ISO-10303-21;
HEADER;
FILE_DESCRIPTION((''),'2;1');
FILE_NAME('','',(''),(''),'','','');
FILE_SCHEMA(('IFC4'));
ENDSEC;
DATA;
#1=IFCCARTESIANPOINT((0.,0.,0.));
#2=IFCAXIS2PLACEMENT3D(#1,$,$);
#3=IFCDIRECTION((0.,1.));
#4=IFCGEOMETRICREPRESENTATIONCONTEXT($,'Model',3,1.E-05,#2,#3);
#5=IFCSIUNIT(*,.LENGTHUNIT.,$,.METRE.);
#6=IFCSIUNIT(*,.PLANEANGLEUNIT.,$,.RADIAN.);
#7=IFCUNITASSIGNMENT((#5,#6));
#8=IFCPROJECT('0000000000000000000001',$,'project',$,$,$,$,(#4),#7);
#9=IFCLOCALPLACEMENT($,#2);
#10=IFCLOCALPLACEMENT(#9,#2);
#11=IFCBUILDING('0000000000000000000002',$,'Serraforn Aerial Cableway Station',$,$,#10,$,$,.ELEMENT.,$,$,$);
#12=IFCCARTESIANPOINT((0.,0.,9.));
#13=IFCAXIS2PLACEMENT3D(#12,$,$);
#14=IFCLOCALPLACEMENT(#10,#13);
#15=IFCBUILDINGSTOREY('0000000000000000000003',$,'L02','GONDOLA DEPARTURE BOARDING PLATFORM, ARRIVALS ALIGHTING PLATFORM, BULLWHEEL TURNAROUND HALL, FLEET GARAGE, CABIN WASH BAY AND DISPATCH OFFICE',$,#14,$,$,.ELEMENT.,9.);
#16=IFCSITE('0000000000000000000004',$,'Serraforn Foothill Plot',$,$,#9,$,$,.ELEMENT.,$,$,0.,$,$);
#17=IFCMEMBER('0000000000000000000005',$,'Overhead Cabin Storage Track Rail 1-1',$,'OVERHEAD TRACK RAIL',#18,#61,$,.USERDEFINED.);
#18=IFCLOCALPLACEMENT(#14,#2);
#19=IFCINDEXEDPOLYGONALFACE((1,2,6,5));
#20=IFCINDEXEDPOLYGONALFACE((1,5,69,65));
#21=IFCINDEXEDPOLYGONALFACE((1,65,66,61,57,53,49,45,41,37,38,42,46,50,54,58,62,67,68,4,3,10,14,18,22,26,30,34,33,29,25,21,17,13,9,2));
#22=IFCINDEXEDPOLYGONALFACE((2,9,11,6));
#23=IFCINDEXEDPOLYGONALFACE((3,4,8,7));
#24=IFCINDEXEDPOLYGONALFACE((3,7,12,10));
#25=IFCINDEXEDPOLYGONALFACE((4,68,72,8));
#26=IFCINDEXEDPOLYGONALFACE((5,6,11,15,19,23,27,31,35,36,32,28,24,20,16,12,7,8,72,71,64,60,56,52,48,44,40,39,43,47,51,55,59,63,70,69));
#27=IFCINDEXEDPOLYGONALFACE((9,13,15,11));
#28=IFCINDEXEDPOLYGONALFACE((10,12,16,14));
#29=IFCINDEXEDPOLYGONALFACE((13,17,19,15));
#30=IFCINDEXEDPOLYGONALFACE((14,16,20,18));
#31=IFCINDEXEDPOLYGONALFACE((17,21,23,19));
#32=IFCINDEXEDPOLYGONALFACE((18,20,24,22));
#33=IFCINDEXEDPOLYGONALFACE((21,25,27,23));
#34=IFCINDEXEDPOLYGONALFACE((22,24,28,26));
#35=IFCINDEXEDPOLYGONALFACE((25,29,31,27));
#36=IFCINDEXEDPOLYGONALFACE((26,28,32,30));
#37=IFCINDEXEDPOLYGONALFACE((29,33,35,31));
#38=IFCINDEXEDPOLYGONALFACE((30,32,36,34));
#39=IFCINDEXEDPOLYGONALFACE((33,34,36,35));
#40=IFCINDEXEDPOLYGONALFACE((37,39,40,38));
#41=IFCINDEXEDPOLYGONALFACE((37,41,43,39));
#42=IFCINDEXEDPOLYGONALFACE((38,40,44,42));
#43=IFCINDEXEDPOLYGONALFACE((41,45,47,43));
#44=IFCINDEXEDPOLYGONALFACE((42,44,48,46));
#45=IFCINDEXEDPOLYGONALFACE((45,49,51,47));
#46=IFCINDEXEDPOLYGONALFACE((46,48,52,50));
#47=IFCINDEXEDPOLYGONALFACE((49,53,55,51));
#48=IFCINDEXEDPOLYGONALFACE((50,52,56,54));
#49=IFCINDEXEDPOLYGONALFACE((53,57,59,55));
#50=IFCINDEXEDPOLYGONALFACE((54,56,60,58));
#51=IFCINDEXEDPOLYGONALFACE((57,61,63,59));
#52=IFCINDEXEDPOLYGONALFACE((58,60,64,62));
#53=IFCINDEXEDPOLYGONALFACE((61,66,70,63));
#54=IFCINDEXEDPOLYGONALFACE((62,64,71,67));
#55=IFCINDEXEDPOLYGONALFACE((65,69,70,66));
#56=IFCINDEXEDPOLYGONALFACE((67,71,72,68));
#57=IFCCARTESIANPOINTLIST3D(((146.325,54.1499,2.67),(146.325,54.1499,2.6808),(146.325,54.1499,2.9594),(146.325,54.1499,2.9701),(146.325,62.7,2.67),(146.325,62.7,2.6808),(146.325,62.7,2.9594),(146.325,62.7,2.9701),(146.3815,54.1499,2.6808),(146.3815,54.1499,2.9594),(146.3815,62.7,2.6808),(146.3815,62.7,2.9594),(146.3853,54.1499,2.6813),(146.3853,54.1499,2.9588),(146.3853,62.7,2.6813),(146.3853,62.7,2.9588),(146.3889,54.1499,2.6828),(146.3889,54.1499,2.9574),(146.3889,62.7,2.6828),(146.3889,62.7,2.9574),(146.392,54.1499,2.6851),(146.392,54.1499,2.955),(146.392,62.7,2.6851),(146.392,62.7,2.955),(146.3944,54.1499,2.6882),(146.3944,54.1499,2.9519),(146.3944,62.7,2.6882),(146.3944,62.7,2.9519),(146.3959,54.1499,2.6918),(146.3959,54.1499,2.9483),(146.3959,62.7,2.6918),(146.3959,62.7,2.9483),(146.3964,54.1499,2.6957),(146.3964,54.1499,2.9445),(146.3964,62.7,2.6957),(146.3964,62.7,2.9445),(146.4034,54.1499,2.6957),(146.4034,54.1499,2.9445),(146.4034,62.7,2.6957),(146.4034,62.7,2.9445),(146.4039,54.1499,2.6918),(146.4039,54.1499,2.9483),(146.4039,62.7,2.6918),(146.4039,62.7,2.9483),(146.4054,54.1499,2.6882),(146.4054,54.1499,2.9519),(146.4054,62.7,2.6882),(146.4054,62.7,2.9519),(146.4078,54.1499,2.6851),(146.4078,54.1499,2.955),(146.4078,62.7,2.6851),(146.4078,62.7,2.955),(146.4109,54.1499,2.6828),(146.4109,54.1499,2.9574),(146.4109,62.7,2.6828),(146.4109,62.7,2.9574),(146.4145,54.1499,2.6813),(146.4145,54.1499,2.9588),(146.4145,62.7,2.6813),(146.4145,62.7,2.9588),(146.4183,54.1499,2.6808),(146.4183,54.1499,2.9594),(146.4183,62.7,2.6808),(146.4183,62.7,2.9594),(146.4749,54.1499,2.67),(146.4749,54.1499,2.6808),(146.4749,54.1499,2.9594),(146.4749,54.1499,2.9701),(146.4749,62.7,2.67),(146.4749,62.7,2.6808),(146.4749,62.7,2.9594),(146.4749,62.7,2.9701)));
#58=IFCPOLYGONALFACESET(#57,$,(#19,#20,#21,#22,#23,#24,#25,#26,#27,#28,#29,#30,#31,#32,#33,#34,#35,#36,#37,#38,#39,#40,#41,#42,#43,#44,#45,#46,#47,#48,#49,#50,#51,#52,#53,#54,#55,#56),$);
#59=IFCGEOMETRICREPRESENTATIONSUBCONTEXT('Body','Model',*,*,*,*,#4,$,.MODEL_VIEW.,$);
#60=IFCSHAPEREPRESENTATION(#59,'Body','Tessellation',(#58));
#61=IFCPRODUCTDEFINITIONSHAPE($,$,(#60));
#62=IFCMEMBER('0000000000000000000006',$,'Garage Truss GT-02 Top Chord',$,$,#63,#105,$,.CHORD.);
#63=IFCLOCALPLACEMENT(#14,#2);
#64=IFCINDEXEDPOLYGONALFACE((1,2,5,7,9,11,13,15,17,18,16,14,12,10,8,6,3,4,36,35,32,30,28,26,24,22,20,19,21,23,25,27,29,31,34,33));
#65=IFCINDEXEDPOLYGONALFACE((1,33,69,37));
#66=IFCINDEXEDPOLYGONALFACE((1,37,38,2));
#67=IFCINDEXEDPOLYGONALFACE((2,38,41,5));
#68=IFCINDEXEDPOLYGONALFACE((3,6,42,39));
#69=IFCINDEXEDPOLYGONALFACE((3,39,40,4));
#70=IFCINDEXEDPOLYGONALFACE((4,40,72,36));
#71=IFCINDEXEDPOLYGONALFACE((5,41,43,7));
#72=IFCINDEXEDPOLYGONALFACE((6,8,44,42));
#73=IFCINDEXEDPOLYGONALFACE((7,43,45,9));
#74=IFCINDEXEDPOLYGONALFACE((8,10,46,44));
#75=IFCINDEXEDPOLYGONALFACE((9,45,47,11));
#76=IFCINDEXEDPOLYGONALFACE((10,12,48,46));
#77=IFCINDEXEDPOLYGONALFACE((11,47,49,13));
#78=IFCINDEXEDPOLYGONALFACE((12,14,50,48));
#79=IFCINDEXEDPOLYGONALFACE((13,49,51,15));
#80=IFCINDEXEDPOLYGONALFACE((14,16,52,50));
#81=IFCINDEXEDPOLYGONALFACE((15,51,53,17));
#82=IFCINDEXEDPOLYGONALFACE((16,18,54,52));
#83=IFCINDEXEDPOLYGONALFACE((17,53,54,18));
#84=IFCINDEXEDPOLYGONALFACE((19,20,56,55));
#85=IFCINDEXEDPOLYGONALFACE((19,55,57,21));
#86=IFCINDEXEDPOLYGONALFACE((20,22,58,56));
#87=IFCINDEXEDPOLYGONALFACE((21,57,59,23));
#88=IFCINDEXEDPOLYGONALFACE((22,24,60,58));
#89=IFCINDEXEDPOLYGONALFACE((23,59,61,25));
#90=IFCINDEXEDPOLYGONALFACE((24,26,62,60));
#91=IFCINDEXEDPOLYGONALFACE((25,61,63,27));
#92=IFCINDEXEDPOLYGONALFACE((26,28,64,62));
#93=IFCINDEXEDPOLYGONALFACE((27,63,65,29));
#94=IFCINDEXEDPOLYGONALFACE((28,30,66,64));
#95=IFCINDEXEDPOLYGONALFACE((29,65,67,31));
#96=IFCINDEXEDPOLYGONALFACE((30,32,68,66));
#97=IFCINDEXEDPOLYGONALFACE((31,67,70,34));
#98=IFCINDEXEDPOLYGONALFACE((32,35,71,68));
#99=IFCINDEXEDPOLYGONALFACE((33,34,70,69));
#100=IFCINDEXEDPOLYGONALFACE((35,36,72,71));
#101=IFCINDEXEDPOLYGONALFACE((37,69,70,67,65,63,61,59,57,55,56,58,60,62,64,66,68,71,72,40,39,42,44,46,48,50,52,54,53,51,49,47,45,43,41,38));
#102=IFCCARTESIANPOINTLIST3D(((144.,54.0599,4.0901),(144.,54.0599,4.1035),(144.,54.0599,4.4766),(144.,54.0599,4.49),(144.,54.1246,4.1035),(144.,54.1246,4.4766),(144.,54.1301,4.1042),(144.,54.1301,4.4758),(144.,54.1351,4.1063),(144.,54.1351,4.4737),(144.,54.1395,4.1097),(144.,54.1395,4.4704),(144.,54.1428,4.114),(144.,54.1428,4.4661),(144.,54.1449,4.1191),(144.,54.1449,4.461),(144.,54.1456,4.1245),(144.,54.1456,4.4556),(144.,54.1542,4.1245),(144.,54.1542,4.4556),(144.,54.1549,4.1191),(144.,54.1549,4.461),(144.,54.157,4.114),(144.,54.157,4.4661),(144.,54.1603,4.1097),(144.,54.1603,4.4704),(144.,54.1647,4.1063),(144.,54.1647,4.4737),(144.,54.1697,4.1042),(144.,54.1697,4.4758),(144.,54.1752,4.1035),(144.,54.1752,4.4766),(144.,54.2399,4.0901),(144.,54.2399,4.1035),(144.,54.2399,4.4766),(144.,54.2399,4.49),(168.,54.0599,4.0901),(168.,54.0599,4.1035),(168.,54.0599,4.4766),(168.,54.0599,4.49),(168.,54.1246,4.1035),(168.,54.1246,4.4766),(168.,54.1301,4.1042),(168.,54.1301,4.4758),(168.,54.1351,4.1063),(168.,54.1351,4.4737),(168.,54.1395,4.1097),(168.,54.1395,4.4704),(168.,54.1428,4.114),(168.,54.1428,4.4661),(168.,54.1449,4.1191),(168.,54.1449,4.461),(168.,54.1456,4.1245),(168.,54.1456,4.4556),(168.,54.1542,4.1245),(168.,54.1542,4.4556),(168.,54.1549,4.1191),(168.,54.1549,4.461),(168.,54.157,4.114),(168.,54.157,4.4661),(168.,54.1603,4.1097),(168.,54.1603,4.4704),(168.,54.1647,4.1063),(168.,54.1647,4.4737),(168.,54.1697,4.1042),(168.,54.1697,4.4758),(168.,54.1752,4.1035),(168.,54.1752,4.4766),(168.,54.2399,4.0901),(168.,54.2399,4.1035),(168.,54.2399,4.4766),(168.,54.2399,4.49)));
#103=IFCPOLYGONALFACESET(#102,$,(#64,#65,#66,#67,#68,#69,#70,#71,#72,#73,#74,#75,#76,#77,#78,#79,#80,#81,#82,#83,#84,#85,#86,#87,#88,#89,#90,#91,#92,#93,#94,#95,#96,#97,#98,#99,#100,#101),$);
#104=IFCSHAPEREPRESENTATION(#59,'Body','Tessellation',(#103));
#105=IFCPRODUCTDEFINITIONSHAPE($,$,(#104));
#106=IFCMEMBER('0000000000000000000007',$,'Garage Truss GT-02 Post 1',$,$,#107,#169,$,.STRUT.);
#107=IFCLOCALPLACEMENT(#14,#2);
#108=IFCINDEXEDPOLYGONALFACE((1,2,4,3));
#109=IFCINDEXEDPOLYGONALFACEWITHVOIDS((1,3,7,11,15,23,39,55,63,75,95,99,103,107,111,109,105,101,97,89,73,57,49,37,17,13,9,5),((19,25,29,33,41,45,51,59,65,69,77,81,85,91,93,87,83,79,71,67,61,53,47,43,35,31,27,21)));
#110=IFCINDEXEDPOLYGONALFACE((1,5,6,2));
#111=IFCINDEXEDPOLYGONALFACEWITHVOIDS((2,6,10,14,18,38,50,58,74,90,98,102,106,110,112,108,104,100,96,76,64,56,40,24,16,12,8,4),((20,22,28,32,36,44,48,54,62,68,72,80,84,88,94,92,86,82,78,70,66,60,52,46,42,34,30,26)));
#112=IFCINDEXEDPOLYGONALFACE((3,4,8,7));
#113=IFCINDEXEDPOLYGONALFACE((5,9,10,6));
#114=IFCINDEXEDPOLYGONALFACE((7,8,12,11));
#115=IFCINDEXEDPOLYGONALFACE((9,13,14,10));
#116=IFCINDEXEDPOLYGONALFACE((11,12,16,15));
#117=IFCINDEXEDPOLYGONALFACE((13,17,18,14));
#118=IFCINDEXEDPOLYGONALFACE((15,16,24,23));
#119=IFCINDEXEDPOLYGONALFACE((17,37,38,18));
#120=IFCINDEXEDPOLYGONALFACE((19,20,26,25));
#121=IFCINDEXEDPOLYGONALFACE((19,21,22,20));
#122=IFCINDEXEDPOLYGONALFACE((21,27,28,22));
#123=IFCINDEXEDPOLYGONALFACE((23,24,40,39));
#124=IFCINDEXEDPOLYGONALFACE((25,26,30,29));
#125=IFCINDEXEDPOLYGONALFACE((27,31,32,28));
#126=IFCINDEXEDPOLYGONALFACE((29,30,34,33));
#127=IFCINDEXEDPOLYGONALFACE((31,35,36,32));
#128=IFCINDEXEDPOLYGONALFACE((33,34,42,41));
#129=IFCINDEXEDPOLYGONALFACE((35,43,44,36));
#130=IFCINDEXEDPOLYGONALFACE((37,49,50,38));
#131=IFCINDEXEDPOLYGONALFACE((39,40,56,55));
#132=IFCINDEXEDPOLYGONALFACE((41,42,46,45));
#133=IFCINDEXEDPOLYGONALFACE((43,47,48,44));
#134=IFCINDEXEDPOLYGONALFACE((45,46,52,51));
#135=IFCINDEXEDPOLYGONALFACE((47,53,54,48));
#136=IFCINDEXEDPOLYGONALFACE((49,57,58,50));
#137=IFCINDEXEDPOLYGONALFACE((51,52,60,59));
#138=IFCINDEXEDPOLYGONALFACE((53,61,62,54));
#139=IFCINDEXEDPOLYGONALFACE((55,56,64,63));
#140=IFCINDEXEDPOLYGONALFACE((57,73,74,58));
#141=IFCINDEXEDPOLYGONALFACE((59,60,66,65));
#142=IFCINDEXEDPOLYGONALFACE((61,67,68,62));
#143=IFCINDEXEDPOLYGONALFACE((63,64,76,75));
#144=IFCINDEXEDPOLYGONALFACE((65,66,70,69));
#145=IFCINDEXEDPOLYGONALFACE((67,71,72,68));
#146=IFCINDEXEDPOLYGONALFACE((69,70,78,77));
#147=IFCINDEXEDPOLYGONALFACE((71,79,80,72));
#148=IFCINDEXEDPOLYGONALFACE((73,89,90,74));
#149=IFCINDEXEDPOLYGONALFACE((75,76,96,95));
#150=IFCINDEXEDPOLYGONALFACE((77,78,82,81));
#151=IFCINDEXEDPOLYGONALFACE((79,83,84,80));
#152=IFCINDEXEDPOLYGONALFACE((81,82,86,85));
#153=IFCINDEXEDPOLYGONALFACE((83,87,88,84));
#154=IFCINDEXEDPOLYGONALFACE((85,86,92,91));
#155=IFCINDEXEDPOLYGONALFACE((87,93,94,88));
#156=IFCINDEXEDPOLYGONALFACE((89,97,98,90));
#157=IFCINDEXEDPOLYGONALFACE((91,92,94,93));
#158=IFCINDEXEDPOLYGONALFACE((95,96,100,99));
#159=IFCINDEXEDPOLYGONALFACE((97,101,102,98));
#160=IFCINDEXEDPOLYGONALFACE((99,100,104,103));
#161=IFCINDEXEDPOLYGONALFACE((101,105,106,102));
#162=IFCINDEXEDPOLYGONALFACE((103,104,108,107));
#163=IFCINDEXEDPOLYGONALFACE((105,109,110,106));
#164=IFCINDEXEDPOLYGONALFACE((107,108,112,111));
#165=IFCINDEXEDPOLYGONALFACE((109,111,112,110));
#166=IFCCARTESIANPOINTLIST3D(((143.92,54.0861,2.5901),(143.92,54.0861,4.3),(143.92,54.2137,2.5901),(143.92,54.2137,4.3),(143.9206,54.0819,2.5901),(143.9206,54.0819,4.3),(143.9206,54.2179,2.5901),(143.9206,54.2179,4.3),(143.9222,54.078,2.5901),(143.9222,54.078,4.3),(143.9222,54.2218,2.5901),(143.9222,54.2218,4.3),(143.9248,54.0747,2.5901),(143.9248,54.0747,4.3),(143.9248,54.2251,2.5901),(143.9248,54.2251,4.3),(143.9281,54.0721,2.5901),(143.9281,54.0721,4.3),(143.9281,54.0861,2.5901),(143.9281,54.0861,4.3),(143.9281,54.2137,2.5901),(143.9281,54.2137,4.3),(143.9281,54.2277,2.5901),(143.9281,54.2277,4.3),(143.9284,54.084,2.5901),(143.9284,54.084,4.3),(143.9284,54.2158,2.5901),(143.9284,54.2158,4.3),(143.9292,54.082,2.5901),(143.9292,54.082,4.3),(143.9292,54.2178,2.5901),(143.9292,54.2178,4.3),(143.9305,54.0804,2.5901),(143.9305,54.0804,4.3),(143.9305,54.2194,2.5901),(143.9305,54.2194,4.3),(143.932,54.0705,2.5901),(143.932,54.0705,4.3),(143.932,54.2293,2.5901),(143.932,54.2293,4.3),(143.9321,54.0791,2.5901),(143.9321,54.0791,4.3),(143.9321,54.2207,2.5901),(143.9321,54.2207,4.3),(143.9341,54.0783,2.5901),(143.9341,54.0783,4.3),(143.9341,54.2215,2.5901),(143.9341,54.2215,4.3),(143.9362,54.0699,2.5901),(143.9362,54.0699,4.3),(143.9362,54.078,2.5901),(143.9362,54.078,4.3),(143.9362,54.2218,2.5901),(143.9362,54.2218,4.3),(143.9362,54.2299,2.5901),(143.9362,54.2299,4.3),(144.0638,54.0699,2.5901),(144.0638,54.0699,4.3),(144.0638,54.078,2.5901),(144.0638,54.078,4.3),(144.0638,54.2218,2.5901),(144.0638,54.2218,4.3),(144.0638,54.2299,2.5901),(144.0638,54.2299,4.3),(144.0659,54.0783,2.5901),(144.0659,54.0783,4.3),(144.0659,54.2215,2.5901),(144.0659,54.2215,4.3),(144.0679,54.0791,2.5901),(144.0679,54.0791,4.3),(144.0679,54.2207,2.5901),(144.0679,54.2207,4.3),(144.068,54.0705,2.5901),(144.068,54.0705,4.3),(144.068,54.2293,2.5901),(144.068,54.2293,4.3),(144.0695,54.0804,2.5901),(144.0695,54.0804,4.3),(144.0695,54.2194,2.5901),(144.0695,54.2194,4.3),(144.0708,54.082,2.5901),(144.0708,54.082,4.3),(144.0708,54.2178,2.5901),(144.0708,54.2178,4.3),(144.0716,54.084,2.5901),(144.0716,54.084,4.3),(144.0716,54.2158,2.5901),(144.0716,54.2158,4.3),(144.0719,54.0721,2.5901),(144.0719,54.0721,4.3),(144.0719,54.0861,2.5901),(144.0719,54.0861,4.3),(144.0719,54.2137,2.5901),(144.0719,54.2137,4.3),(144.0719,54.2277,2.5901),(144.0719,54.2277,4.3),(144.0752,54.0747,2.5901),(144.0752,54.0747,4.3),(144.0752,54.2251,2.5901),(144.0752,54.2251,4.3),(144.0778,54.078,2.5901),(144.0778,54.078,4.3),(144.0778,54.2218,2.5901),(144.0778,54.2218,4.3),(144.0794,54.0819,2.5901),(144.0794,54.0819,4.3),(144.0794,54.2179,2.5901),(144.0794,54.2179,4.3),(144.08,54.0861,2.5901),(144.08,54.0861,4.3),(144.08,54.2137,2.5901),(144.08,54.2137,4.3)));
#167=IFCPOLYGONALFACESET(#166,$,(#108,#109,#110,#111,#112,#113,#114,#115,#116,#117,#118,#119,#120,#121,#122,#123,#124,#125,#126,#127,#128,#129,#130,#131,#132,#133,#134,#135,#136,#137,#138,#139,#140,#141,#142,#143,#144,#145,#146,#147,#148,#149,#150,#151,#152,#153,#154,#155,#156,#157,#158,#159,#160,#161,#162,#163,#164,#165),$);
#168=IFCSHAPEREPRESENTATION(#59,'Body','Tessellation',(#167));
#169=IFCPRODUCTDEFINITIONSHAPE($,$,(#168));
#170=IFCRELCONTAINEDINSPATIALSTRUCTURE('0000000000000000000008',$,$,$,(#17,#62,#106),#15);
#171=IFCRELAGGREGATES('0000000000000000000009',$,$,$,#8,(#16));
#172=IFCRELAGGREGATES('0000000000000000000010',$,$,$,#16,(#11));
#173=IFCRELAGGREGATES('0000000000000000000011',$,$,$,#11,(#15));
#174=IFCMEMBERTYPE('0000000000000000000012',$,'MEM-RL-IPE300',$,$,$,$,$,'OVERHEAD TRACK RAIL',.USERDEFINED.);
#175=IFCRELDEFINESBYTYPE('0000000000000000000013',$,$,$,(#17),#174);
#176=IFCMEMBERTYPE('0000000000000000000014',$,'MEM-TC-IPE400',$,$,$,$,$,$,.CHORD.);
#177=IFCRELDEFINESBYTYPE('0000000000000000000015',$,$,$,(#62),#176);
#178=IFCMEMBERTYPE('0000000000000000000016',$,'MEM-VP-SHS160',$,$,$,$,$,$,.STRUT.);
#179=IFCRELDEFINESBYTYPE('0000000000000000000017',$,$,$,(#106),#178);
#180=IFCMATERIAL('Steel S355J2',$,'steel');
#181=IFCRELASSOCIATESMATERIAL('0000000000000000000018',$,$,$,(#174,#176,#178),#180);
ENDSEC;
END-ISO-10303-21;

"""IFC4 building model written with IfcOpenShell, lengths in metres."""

from ifc_helpers import new_model, si_unit, direction, frame, origin, origin_2d, place, context, subcontext, project, spatial, hollow_rectangle, i_section, extrude, material, material_profile, profile_set, type_object, element, save


model = new_model("IFC4")

# Units and contexts
model_context = context("Model", 3, precision=1e-05, world=origin(), true_north=direction((0.0, 1.0)))
body_context = subcontext(model_context, "Body", "Model", "MODEL_VIEW")
ifc_project = project(units=[si_unit("LENGTHUNIT", "METRE"), si_unit("PLANEANGLEUNIT", "RADIAN")], contexts=[model_context])

# Site, building, storey
site_placement = place(None, origin())
site = spatial("IfcSite", under=ifc_project, at=site_placement, Name="Serraforn Foothill Plot", CompositionType="ELEMENT", RefElevation=0.0)
building_placement = place(site_placement, origin())
building = spatial("IfcBuilding", under=site, at=building_placement, Name="Serraforn Aerial Cableway Station", CompositionType="ELEMENT")
storey_placement = place(building_placement, frame((0.0, 0.0, 9.0)))
storey = spatial("IfcBuildingStorey", under=building, at=storey_placement, Name="L02", Description="GONDOLA DEPARTURE BOARDING PLATFORM, ARRIVALS ALIGHTING PLATFORM, BULLWHEEL TURNAROUND HALL, FLEET GARAGE, CABIN WASH BAY AND DISPATCH OFFICE", CompositionType="ELEMENT", Elevation=9.0)

# Shared definitions
ifc_material_1 = material(Name="Steel S355J2", Category="steel")

# Members
ifc_material_profile_1 = material_profile(ifc_material_1, i_section(OverallWidth=0.1499, OverallDepth=0.3, WebThickness=0.0071, FlangeThickness=0.0107, FilletRadius=0.0149, at=origin_2d()), Name="IPE 300")
ifc_profile_set_1 = profile_set([ifc_material_profile_1], Name="Steel S355J2")
member_type_1 = type_object("IfcMemberType", Name="MEM-RL-IPE300", ElementType="OVERHEAD TRACK RAIL", PredefinedType="USERDEFINED", material=ifc_profile_set_1)
member_1_placement = place(storey_placement, frame((146.3999, 54.1499, 2.8201), z_axis=(0.0, 1.0, 0.0), x_axis=(-1.0, 0.0, 0.0)))
element("IfcMember", 1, at=member_1_placement, inside=storey, type_object=member_type_1, Name="Overhead Cabin Storage Track Rail 1-1", ObjectType="OVERHEAD TRACK RAIL", PredefinedType="USERDEFINED", context=body_context, shape_type="SweptSolid", body=[
    extrude(i_section(OverallWidth=0.1499, OverallDepth=0.3, WebThickness=0.0071, FlangeThickness=0.0107, FilletRadius=0.0149, at=origin_2d()), origin(), (0.0, 0.0, 1.0), 8.55),
])
ifc_material_profile_2 = material_profile(ifc_material_1, i_section(OverallWidth=0.1799, OverallDepth=0.3999, WebThickness=0.0085, FlangeThickness=0.0134, FilletRadius=0.021, at=origin_2d()), Name="IPE 400")
ifc_profile_set_2 = profile_set([ifc_material_profile_2], Name="Steel S355J2")
member_type_2 = type_object("IfcMemberType", Name="MEM-TC-IPE400", PredefinedType="CHORD", material=ifc_profile_set_2)
member_2_placement = place(storey_placement, frame((144.0, 54.1499, 4.29), z_axis=(1.0, 0.0, 0.0), x_axis=(0.0, 1.0, 0.0)))
element("IfcMember", 2, at=member_2_placement, inside=storey, type_object=member_type_2, Name="Garage Truss GT-02 Top Chord", PredefinedType="CHORD", context=body_context, shape_type="SweptSolid", body=[
    extrude(i_section(OverallWidth=0.1799, OverallDepth=0.3999, WebThickness=0.0085, FlangeThickness=0.0134, FilletRadius=0.021, at=origin_2d()), origin(), (0.0, 0.0, 1.0), 24.0),
])
ifc_material_profile_3 = material_profile(ifc_material_1, hollow_rectangle(XDim=0.1599, YDim=0.1599, WallThickness=0.0081, InnerFilletRadius=0.0081, OuterFilletRadius=0.0161, at=origin_2d()), Name="SHS 160x160x8.0")
ifc_profile_set_3 = profile_set([ifc_material_profile_3], Name="Steel S355J2")
member_type_3 = type_object("IfcMemberType", Name="MEM-VP-SHS160", PredefinedType="STRUT", material=ifc_profile_set_3)
for number, where, z_axis, x_axis, name in (
    (3, (144.0, 54.1499, 2.5901), (0.0, 0.0, 1.0), (1.0, 0.0, 0.0), "Garage Truss GT-02 Post 1"),
):
    element("IfcMember", number, at=place(storey_placement, frame(where, z_axis=z_axis, x_axis=x_axis)), inside=storey, type_object=member_type_3, Name=name, PredefinedType="STRUT", context=body_context, shape_type="SweptSolid", body=[
        extrude(hollow_rectangle(XDim=0.1599, YDim=0.1599, WallThickness=0.0081, InnerFilletRadius=0.0081, OuterFilletRadius=0.0161, at=origin_2d()), origin(), (0.0, 0.0, 1.0), 1.71),
    ])

save(model, "model.ifc")
